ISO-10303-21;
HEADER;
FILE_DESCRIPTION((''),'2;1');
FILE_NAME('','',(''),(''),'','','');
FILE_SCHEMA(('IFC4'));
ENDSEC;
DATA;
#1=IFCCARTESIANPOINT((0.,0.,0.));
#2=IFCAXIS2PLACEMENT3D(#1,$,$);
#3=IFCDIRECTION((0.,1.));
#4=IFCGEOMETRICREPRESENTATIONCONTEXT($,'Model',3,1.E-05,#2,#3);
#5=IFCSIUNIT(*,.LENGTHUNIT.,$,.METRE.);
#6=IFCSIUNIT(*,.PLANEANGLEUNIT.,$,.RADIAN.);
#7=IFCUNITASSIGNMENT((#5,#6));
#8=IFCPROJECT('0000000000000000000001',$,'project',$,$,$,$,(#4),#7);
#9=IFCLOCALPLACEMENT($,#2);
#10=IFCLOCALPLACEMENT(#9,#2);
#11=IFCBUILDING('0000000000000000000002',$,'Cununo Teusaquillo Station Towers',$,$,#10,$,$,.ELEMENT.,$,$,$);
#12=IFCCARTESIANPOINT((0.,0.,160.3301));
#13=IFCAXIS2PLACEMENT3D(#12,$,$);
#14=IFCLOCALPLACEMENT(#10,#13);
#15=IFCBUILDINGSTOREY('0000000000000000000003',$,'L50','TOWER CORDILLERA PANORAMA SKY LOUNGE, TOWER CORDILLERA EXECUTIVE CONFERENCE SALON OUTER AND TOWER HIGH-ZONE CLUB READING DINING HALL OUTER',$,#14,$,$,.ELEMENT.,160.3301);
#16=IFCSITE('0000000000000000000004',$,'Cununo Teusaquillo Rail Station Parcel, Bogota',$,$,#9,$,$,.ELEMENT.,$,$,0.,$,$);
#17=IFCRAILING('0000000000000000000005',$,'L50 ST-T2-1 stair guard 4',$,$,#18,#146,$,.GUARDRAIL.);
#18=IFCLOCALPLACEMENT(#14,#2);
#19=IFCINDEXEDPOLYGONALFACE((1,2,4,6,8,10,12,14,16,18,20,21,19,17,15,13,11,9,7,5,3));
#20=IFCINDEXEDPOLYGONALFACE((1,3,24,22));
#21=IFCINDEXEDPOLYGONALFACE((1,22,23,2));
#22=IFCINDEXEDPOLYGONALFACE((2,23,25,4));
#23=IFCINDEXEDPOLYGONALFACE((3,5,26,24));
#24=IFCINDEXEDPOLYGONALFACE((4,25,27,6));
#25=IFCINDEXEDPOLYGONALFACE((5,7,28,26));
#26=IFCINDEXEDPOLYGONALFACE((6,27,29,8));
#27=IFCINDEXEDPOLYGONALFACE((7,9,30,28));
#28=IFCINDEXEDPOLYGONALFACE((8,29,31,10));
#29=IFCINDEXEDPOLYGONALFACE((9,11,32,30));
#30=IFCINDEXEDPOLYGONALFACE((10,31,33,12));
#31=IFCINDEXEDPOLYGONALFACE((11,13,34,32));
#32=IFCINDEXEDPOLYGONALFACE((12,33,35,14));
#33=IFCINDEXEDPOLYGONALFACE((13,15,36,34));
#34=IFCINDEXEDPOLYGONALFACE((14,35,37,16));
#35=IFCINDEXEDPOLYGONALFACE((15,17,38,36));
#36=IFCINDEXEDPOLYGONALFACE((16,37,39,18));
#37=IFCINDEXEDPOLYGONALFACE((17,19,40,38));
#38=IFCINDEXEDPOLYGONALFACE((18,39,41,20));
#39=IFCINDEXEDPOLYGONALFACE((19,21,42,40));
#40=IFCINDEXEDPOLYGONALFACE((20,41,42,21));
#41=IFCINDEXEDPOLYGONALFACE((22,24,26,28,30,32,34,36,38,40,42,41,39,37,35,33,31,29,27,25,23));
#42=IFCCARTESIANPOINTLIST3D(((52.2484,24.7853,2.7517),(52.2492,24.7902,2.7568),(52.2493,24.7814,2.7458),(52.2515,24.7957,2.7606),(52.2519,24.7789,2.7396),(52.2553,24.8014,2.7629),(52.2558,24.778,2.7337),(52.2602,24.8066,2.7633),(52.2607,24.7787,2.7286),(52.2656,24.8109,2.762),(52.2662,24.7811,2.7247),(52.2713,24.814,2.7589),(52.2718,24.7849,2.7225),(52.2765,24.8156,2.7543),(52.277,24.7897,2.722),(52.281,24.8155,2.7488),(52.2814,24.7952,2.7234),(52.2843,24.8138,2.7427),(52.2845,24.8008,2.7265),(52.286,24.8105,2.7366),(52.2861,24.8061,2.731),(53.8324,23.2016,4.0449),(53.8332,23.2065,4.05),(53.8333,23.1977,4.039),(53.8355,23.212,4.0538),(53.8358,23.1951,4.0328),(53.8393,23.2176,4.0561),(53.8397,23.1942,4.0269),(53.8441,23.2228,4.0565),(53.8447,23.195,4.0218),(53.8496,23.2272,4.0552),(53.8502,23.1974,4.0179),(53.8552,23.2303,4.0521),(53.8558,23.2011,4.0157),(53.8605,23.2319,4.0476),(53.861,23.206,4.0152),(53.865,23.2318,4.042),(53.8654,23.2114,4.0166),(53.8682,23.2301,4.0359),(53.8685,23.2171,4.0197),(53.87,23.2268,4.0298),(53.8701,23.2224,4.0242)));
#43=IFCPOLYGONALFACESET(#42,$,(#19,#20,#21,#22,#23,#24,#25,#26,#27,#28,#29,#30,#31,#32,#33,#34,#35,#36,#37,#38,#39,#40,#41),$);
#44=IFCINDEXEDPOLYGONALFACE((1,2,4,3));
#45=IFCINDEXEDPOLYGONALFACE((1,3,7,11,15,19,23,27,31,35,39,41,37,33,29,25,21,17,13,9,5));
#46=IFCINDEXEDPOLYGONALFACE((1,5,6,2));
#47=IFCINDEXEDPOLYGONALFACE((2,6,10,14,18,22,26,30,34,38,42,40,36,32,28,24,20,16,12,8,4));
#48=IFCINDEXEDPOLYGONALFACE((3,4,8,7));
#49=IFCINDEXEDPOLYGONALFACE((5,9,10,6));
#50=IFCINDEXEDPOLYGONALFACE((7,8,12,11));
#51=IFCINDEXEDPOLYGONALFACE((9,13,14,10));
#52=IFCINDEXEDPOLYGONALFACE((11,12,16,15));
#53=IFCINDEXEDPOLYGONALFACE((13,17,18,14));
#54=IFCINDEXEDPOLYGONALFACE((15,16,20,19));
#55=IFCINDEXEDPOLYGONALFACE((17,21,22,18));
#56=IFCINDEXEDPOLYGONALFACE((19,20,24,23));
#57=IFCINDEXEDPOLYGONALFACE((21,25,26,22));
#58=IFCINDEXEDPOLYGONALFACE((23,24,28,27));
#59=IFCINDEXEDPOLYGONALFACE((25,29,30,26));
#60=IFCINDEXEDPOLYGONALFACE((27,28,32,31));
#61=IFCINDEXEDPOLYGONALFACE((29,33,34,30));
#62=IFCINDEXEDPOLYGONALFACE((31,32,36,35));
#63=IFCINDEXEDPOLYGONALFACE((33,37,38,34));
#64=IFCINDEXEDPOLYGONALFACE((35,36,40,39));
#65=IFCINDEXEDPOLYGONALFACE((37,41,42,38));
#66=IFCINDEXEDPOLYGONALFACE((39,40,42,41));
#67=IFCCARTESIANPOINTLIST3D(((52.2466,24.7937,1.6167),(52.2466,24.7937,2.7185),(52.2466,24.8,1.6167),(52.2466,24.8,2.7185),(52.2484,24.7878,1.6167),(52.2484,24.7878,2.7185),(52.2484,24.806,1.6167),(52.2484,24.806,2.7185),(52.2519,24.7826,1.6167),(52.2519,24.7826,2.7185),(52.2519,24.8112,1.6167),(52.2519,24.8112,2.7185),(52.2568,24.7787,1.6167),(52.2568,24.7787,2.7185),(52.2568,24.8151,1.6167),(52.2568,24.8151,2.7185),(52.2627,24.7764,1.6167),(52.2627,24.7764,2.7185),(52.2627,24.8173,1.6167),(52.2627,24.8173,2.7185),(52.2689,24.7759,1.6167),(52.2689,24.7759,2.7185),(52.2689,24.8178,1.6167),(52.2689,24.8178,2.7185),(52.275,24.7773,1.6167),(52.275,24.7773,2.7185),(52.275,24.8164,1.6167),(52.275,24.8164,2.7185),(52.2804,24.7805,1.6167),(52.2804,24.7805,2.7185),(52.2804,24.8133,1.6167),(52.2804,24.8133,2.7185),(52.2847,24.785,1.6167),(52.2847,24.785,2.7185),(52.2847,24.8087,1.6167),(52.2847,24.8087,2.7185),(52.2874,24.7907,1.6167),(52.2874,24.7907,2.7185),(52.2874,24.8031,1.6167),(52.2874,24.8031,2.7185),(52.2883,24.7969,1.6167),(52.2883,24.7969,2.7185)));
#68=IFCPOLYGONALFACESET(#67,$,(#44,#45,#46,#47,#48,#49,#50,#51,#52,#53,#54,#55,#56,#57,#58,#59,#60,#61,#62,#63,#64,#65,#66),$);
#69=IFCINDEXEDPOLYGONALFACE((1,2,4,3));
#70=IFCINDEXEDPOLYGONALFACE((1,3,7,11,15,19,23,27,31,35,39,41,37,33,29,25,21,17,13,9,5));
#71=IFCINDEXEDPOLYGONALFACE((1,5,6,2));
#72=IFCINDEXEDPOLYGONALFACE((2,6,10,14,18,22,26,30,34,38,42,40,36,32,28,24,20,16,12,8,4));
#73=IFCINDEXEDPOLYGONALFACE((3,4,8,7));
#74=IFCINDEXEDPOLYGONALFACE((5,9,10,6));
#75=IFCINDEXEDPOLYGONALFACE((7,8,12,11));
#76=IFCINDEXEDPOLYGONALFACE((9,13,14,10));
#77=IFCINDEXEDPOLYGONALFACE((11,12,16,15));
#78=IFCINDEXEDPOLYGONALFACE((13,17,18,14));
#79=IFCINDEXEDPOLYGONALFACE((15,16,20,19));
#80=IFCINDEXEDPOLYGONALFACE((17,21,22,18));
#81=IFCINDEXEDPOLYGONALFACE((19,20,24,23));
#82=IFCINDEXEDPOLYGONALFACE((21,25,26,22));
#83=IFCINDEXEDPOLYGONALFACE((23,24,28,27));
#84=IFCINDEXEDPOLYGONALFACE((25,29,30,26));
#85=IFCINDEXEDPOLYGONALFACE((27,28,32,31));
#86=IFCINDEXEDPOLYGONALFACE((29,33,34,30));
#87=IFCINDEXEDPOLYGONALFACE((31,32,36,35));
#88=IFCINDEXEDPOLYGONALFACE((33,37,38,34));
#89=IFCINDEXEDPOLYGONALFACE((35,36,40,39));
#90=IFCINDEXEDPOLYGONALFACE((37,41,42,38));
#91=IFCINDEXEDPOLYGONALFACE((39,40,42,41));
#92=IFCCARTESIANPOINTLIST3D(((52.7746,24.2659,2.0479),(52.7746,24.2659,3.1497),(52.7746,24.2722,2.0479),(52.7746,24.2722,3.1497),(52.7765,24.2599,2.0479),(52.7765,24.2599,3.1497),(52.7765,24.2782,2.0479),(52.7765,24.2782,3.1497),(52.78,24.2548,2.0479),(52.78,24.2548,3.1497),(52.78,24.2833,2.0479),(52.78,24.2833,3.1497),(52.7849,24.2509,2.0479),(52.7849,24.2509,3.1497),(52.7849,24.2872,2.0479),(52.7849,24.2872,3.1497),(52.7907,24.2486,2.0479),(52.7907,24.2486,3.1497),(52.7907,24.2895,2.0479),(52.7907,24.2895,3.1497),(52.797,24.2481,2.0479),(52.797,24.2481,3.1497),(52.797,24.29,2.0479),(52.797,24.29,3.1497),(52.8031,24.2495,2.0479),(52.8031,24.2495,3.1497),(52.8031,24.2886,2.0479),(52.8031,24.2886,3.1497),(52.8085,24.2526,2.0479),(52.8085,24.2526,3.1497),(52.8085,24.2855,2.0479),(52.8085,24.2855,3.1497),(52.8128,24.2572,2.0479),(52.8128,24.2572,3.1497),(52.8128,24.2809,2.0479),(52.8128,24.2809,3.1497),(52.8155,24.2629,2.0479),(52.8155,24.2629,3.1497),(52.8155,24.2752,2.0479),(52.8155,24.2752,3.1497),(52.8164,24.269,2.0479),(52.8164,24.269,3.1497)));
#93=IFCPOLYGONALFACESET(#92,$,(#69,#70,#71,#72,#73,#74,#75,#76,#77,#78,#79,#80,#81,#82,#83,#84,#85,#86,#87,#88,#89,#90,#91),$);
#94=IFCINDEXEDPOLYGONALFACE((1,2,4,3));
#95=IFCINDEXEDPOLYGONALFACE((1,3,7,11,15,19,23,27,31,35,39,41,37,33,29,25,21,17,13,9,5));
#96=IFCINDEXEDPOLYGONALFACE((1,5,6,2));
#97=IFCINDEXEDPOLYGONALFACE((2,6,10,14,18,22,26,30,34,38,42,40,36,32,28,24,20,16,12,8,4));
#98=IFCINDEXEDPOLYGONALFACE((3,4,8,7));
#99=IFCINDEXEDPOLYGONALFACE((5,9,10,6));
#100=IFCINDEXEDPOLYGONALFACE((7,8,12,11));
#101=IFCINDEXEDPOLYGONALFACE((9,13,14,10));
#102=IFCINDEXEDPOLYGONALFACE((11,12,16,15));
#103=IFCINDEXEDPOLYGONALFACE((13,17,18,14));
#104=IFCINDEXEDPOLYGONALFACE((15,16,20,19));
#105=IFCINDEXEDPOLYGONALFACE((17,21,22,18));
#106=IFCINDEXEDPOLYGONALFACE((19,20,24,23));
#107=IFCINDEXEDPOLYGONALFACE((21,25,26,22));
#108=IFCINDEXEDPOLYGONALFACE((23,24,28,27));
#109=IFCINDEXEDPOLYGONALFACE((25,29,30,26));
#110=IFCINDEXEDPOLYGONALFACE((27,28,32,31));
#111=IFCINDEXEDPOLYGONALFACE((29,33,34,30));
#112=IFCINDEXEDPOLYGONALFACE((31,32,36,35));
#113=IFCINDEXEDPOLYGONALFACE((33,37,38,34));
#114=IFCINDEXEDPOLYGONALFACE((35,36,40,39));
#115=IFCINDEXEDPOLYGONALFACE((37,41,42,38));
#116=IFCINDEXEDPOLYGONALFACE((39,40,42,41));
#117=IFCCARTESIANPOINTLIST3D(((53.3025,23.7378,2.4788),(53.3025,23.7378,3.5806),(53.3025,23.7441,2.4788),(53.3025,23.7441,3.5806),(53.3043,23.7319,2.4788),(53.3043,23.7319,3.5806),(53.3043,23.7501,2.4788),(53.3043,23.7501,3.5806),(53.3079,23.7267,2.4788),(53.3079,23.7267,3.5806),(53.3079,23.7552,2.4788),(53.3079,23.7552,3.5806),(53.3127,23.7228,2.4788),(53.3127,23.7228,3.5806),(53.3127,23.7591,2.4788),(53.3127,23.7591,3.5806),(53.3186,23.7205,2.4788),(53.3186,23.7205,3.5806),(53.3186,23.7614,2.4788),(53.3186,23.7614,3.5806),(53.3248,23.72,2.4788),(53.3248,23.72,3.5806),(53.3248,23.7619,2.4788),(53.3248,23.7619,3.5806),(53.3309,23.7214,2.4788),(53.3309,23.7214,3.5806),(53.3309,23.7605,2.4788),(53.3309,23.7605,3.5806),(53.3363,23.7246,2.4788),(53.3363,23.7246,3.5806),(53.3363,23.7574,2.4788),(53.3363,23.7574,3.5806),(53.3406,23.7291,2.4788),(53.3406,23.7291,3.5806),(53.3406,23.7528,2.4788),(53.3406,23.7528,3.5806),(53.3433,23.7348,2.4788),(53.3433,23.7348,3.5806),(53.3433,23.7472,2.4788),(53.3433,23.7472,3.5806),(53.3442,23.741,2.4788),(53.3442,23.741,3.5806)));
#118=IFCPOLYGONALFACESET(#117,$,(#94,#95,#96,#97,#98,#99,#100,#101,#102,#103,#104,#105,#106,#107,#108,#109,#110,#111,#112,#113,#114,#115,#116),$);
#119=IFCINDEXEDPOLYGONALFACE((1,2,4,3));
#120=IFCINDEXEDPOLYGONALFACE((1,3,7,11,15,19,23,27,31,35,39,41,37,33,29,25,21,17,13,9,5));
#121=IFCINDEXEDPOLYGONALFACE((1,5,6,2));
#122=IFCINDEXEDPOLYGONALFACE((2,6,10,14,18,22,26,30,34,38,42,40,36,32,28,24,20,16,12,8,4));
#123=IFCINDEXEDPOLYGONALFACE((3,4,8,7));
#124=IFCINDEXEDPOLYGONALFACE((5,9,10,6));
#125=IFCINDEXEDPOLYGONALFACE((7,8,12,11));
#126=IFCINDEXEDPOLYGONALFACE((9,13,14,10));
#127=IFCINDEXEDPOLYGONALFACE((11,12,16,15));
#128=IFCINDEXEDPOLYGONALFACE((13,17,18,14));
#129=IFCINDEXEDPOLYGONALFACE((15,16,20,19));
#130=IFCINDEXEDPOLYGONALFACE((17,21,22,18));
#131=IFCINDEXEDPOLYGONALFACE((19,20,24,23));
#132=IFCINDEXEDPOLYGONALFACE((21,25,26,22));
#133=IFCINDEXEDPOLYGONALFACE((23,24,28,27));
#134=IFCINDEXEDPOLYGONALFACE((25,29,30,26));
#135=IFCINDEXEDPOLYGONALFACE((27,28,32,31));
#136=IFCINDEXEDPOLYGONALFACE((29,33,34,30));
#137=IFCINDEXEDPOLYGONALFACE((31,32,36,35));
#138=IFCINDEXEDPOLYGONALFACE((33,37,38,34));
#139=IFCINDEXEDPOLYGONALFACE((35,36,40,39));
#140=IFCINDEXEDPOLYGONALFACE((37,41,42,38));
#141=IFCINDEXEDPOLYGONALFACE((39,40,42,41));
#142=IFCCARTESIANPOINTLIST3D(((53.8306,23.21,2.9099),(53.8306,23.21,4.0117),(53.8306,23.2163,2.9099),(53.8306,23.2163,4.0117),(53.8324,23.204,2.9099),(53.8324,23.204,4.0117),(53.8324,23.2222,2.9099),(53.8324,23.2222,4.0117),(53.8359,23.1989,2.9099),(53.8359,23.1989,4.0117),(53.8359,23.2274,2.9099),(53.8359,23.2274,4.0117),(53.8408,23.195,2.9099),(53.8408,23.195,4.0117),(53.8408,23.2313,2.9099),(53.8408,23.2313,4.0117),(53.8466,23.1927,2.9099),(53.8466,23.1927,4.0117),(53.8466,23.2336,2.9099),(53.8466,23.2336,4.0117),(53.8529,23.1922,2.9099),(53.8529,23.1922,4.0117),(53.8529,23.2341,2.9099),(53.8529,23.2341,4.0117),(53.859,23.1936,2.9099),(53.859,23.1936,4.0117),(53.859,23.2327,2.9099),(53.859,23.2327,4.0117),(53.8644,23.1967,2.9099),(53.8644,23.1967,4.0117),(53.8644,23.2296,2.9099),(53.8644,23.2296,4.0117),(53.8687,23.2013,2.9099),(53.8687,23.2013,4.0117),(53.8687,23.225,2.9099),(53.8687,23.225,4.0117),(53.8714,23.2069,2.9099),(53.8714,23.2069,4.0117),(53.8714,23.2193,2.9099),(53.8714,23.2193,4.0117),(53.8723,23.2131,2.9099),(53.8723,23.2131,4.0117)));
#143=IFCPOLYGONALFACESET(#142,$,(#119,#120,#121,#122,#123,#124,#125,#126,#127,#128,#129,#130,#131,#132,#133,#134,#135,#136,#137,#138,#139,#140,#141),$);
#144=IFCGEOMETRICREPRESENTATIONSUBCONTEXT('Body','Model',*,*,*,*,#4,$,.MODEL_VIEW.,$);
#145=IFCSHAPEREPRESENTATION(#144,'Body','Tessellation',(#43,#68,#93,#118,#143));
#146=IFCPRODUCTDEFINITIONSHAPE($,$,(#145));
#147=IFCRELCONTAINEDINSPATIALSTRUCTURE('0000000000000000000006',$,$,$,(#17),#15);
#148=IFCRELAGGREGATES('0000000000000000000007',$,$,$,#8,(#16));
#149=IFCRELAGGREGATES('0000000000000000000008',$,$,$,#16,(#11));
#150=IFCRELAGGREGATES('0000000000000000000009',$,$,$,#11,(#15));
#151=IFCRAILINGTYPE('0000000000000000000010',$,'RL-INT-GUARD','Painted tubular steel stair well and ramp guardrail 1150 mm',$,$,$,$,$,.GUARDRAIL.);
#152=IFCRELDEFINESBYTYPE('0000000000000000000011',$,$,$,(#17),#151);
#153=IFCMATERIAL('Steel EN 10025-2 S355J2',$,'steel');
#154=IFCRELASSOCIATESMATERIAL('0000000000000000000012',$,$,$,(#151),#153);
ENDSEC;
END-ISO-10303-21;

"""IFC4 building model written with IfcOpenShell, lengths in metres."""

from ifc_helpers import new_model, si_unit, direction, frame, origin, origin_2d, place, context, subcontext, project, spatial, circle, extrude, material, type_object, element, save


model = new_model("IFC4")

# Units and contexts
model_context = context("Model", 3, precision=1e-05, world=origin(), true_north=direction((0.0, 1.0)))
body_context = subcontext(model_context, "Body", "Model", "MODEL_VIEW")
ifc_project = project(units=[si_unit("LENGTHUNIT", "METRE"), si_unit("PLANEANGLEUNIT", "RADIAN")], contexts=[model_context])

# Site, building, storey
site_placement = place(None, origin())
site = spatial("IfcSite", under=ifc_project, at=site_placement, Name="Cununo Teusaquillo Rail Station Parcel, Bogota", CompositionType="ELEMENT", RefElevation=0.0)
building_placement = place(site_placement, origin())
building = spatial("IfcBuilding", under=site, at=building_placement, Name="Cununo Teusaquillo Station Towers", CompositionType="ELEMENT")
storey_placement = place(building_placement, frame((0.0, 0.0, 160.3301)))
storey = spatial("IfcBuildingStorey", under=building, at=storey_placement, Name="L50", Description="TOWER CORDILLERA PANORAMA SKY LOUNGE, TOWER CORDILLERA EXECUTIVE CONFERENCE SALON OUTER AND TOWER HIGH-ZONE CLUB READING DINING HALL OUTER", CompositionType="ELEMENT", Elevation=160.3301)

# Railing
ifc_material_1 = material(Name="Steel EN 10025-2 S355J2", Category="steel")
railing_type_1 = type_object("IfcRailingType", Name="RL-INT-GUARD", Description="Painted tubular steel stair well and ramp guardrail 1150 mm", PredefinedType="GUARDRAIL", material=ifc_material_1)
railing_1_placement = place(storey_placement, frame((52.2673, 24.7969, 1.6167)))
element("IfcRailing", 1, at=railing_1_placement, inside=storey, type_object=railing_type_1, Name="L50 ST-T2-1 stair guard 4", PredefinedType="GUARDRAIL", context=body_context, shape_type="SweptSolid", body=[
    extrude(circle(Radius=0.0239, at=origin_2d()), frame((0.0, 0.0, 1.126), z_axis=(0.61242, -0.612326, 0.499998), x_axis=(0.707052, 0.707161, 0.0)), (0.0, 0.0, 1.0), 2.5864),
    extrude(circle(Radius=0.021, at=origin_2d()), origin(), (0.0, 0.0, 1.0), 1.1018),
    extrude(circle(Radius=0.021, at=origin_2d()), frame((0.5281, -0.5278, 0.4312)), (0.0, 0.0, 1.0), 1.1018),
    extrude(circle(Radius=0.021, at=origin_2d()), frame((1.0559, -1.0559, 0.8621)), (0.0, 0.0, 1.0), 1.1018),
    extrude(circle(Radius=0.021, at=origin_2d()), frame((1.584, -1.5837, 1.2932)), (0.0, 0.0, 1.0), 1.1018),
])

save(model, "model.ifc")
